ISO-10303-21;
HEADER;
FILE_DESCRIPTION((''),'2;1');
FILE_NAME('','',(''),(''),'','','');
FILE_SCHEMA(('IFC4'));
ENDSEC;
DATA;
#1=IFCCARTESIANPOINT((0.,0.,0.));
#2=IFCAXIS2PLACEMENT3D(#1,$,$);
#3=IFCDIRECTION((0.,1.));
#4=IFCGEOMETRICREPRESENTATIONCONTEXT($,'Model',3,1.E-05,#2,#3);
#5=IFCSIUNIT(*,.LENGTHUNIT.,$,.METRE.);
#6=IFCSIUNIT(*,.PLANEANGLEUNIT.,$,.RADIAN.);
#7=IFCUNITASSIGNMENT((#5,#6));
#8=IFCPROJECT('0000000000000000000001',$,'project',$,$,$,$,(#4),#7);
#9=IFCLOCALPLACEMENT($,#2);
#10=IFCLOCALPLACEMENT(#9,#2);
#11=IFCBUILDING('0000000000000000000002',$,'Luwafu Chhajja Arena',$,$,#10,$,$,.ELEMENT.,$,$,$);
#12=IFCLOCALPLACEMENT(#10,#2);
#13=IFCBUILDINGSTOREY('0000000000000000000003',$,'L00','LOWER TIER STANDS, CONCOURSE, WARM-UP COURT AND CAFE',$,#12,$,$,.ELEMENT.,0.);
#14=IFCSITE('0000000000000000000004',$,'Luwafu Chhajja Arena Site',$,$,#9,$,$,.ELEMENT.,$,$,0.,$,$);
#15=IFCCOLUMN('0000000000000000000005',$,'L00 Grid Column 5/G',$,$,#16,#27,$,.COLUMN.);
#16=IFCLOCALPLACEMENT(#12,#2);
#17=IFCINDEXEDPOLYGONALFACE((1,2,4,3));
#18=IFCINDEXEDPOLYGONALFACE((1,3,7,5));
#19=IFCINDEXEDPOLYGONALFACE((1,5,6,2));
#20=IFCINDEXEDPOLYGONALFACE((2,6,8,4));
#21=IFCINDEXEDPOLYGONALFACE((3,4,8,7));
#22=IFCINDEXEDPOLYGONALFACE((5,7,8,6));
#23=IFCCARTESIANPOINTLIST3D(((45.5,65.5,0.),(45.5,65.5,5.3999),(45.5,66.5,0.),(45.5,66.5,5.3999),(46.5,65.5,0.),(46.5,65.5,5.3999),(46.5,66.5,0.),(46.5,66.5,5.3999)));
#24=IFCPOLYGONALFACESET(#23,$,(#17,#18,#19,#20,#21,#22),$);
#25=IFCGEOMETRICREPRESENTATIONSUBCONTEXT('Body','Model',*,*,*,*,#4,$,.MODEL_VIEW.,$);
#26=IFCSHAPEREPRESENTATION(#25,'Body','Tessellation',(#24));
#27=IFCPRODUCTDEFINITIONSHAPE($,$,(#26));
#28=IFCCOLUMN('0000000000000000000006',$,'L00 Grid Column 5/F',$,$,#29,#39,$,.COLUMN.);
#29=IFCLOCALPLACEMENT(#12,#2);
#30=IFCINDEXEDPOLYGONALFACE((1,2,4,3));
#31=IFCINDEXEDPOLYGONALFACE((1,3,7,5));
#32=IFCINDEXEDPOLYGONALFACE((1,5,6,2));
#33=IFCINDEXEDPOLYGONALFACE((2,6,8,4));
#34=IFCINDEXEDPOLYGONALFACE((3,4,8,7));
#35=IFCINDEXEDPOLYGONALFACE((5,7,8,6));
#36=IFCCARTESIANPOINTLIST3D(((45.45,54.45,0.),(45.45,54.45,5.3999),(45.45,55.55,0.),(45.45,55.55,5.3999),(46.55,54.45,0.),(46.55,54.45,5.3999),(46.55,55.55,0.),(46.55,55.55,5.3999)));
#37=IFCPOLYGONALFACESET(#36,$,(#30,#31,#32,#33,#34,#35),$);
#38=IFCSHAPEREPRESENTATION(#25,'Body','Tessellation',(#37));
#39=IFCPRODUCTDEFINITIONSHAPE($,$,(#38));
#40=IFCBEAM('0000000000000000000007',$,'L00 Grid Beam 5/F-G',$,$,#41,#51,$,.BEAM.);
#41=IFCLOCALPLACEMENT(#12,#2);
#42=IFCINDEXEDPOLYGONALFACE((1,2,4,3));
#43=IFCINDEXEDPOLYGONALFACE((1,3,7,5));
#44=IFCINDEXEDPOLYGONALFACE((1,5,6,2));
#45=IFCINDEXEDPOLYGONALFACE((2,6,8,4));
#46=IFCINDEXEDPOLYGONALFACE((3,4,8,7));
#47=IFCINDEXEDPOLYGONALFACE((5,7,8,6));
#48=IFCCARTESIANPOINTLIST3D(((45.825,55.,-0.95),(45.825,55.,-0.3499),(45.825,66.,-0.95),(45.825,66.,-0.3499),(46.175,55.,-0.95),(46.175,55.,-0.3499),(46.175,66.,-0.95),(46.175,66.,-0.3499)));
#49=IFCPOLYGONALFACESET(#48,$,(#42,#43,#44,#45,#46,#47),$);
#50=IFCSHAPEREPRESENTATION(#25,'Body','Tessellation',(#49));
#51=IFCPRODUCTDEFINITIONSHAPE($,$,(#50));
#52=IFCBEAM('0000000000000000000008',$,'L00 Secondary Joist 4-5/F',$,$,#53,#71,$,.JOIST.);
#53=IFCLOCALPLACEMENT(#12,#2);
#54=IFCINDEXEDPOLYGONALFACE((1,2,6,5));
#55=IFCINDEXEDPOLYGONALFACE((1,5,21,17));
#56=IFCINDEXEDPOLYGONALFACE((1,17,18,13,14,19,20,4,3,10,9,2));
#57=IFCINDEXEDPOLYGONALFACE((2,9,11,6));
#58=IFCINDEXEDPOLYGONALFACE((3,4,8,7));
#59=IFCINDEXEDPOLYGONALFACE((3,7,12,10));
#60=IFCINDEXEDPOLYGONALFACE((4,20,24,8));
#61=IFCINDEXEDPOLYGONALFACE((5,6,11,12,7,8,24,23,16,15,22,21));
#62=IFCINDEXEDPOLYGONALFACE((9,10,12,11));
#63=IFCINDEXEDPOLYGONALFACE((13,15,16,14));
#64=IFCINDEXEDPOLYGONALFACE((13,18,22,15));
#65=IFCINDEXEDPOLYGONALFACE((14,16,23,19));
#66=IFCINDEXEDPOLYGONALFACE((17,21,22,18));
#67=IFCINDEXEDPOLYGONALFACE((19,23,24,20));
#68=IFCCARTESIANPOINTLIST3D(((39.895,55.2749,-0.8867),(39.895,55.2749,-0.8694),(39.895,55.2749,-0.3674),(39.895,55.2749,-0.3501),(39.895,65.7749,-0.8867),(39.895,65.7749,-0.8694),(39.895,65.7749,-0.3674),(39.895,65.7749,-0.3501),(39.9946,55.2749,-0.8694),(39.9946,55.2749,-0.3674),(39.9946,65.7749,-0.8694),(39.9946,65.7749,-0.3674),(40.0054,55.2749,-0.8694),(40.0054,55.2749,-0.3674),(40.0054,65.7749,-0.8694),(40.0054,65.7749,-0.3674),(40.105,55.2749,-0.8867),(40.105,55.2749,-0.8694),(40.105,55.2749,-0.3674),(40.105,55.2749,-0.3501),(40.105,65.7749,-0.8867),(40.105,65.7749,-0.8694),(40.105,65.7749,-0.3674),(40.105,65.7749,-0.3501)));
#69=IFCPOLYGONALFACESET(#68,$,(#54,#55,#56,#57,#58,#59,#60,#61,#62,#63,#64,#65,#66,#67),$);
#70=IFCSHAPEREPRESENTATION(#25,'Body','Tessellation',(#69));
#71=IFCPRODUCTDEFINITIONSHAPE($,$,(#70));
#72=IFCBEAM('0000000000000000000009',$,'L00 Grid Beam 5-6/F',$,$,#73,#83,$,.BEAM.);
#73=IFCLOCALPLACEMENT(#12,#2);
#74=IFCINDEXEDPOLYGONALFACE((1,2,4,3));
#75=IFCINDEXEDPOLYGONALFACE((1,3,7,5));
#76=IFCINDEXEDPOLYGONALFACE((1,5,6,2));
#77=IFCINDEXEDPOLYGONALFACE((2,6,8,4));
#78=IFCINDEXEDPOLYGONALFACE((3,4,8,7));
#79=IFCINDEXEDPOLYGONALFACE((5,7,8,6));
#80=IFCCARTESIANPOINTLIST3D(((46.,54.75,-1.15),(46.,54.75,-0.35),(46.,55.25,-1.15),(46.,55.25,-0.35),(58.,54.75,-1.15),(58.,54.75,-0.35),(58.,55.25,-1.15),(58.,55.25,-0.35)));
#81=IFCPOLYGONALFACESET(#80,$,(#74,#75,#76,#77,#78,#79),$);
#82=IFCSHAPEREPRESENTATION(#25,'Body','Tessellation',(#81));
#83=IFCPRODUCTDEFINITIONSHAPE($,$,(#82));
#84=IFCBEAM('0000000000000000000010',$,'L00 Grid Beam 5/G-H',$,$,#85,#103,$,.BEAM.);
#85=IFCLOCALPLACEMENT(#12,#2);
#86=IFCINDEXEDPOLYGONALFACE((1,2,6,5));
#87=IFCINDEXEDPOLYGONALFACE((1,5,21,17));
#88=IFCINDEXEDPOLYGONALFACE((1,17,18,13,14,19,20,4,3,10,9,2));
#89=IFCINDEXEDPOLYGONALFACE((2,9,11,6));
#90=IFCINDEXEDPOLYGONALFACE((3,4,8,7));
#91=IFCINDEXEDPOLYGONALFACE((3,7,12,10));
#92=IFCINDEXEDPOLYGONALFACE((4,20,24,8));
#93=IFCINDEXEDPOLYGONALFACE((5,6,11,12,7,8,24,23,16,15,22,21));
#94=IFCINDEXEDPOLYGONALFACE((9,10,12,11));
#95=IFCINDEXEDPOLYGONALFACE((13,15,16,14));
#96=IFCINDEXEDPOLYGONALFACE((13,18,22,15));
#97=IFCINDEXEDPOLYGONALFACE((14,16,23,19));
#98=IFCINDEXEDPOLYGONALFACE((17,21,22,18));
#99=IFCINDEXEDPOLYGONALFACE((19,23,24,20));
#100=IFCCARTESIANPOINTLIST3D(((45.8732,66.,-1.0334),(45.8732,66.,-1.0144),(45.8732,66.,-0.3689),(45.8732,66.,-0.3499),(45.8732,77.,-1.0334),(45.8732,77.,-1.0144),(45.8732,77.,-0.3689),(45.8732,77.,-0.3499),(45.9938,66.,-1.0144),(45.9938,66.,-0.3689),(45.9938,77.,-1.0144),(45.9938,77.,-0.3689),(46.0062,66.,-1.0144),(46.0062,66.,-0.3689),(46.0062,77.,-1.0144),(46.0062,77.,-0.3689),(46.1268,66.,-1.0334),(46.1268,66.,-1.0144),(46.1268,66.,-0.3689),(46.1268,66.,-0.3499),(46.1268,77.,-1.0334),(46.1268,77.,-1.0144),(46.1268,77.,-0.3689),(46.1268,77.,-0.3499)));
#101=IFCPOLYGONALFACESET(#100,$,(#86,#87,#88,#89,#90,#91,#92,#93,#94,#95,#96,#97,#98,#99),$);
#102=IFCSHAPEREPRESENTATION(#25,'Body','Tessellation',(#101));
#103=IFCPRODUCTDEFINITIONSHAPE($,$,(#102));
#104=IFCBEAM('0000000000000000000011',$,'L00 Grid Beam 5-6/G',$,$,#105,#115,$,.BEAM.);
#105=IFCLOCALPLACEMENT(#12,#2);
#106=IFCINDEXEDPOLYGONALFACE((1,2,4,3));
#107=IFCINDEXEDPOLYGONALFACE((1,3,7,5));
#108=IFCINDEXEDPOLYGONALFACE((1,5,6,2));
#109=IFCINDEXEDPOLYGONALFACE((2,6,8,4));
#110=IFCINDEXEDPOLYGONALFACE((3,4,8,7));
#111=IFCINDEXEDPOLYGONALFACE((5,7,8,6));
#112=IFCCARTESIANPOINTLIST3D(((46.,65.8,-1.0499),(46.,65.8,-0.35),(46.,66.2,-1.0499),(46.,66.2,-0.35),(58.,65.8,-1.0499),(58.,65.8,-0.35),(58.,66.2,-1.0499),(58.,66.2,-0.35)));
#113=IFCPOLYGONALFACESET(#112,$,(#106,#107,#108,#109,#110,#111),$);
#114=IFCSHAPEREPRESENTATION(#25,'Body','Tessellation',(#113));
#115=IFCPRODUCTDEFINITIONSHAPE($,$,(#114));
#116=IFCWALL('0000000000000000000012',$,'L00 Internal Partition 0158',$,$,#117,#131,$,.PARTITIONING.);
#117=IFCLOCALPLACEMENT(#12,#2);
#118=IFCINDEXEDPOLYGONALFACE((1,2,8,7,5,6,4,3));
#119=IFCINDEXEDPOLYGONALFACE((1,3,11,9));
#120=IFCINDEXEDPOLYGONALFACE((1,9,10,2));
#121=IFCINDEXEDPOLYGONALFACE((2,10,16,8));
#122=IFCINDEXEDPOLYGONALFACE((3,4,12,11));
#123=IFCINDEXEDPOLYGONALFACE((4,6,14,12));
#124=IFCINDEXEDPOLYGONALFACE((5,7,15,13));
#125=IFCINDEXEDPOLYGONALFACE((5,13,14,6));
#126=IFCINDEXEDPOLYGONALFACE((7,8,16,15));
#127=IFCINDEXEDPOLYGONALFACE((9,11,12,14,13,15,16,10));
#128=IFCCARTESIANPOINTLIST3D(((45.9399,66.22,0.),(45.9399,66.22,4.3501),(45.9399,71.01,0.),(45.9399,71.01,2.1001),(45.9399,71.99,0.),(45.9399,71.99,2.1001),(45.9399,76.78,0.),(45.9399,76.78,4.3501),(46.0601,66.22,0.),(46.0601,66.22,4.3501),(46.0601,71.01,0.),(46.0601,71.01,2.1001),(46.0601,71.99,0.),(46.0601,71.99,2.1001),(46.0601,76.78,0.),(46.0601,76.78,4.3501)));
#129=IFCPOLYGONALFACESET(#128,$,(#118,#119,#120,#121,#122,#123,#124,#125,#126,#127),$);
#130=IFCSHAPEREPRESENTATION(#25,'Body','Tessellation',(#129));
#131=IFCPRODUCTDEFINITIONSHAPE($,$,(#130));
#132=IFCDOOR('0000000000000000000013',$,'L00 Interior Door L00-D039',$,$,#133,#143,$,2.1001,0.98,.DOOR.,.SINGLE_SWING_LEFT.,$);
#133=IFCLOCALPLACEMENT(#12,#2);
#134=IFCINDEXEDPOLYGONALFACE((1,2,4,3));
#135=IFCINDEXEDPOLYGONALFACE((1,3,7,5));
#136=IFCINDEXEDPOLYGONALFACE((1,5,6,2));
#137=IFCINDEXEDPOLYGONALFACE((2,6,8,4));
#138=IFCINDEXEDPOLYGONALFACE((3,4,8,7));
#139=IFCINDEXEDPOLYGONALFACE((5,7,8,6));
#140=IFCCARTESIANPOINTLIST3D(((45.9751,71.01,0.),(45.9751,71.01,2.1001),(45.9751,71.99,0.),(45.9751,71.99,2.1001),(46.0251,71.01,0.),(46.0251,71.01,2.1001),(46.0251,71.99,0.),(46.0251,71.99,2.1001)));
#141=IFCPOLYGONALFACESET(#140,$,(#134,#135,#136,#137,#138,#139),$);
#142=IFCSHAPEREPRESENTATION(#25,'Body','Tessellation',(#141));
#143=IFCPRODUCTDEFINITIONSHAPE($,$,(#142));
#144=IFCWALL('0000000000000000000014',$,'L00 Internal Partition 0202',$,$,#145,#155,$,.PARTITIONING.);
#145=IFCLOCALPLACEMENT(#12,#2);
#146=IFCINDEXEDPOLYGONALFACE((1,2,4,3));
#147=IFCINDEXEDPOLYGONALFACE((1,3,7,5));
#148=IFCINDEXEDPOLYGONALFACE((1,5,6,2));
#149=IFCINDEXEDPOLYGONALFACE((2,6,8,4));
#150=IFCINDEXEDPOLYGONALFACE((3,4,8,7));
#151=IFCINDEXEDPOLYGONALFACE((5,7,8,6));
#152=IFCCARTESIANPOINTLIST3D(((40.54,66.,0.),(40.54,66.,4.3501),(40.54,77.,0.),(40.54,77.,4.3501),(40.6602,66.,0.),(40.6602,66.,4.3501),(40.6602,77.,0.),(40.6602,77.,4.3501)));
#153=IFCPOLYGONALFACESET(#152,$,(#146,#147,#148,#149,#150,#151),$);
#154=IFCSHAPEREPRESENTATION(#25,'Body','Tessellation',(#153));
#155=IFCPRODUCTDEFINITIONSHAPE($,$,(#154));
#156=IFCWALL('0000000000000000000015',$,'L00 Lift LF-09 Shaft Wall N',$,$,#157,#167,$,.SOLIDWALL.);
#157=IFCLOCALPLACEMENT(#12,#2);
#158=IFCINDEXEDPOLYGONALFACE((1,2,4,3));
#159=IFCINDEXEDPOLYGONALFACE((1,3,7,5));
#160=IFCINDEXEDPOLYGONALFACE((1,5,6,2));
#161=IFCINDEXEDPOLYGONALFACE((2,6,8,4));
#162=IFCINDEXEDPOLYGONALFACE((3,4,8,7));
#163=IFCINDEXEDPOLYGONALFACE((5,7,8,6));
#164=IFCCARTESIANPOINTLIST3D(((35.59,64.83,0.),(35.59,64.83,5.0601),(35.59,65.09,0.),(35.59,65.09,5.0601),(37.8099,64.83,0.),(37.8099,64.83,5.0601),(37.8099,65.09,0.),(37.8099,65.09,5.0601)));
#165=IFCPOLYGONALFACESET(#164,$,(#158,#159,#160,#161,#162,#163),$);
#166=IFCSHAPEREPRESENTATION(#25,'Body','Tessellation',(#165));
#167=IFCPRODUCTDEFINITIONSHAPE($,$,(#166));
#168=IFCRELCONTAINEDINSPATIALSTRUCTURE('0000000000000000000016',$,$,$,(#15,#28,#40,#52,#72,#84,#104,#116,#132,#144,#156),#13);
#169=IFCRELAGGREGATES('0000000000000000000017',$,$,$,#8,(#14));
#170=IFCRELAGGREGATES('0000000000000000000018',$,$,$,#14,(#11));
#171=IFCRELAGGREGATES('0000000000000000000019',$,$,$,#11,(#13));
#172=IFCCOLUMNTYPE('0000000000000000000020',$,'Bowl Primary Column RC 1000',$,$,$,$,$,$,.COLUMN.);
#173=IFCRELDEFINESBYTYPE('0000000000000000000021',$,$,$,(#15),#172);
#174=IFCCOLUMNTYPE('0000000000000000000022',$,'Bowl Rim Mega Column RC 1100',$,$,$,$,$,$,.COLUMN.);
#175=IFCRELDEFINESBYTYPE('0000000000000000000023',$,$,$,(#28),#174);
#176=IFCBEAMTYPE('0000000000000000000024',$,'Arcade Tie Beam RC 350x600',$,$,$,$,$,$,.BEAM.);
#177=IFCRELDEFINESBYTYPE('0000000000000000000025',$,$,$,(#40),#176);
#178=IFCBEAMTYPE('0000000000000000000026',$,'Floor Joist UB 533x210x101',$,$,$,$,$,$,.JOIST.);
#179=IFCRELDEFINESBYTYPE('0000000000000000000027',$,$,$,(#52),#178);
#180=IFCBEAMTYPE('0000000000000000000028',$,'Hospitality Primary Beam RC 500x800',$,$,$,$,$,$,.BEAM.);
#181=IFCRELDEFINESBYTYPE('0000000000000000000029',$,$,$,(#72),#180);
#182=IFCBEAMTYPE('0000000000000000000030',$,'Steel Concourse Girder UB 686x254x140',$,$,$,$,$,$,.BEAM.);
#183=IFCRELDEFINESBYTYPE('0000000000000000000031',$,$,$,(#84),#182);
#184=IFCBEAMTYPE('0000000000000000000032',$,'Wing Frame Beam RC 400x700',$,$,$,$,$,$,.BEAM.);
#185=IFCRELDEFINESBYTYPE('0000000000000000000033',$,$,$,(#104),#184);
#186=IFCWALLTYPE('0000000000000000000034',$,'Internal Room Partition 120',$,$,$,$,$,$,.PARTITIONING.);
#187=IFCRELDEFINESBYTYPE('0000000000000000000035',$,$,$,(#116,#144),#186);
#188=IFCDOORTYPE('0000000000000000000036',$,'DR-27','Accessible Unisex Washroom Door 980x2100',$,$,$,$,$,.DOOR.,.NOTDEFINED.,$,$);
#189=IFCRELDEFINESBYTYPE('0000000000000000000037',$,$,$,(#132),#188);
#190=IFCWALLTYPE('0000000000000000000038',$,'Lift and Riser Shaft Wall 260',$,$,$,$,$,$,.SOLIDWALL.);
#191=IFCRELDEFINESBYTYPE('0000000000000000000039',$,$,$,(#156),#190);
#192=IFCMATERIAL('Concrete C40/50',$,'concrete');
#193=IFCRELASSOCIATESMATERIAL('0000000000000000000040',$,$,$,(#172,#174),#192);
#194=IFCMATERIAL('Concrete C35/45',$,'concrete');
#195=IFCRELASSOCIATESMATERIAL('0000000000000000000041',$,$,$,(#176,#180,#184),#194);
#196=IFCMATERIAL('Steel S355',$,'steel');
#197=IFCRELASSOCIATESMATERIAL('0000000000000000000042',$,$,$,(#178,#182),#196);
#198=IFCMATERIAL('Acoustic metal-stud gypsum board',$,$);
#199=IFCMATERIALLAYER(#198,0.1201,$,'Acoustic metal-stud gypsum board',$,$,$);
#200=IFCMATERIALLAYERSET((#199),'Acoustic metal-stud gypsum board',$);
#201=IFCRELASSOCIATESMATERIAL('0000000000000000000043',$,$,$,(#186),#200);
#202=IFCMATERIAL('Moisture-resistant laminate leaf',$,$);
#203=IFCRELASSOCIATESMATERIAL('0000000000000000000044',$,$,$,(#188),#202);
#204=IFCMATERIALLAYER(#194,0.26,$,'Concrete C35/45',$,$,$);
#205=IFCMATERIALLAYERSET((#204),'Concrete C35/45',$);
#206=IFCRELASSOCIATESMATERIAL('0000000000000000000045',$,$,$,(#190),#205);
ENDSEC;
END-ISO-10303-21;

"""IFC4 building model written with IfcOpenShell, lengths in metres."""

from ifc_helpers import new_model, si_unit, direction, frame, frame_2d, origin, origin_2d, place, context, subcontext, project, spatial, rectangle, i_section, extrude, material, layer, layer_set, material_profile, profile_set, type_object, element, fill, save


model = new_model("IFC4")

# Units and contexts
model_context = context("Model", 3, precision=1e-05, world=origin(), true_north=direction((0.0, 1.0)))
body_context = subcontext(model_context, "Body", "Model", "MODEL_VIEW")
ifc_project = project(units=[si_unit("LENGTHUNIT", "METRE"), si_unit("PLANEANGLEUNIT", "RADIAN")], contexts=[model_context])

# Site, building, storey
site_placement = place(None, origin())
site = spatial("IfcSite", under=ifc_project, at=site_placement, Name="Luwafu Chhajja Arena Site", CompositionType="ELEMENT", RefElevation=0.0)
building_placement = place(site_placement, origin())
building = spatial("IfcBuilding", under=site, at=building_placement, Name="Luwafu Chhajja Arena", CompositionType="ELEMENT")
storey_placement = place(building_placement, origin())
storey = spatial("IfcBuildingStorey", under=building, at=storey_placement, Name="L00", Description="LOWER TIER STANDS, CONCOURSE, WARM-UP COURT AND CAFE", CompositionType="ELEMENT", Elevation=0.0)

# Columns
ifc_material_1 = material(Name="Concrete C40/50", Category="concrete")
ifc_material_profile_1 = material_profile(ifc_material_1, rectangle(XDim=1.0, YDim=1.0, at=origin_2d()), Name="RC 1000x1000")
ifc_profile_set_1 = profile_set([ifc_material_profile_1], Name="Concrete C40/50")
column_type_1 = type_object("IfcColumnType", Name="Bowl Primary Column RC 1000", PredefinedType="COLUMN", material=ifc_profile_set_1)
column_1_placement = place(storey_placement, frame((46.0, 66.0, 0.0), z_axis=(0.0, 0.0, 1.0), x_axis=(1.0, 0.0, 0.0)))
element("IfcColumn", 1, at=column_1_placement, inside=storey, type_object=column_type_1, Name="L00 Grid Column 5/G", PredefinedType="COLUMN", context=body_context, shape_type="SweptSolid", body=[
    extrude(rectangle(XDim=1.0, YDim=1.0, at=origin_2d()), origin(), (0.0, 0.0, 1.0), 5.3999),
])
ifc_material_profile_2 = material_profile(ifc_material_1, rectangle(XDim=1.1001, YDim=1.1001, at=origin_2d()), Name="RC 1100x1100")
ifc_profile_set_2 = profile_set([ifc_material_profile_2], Name="Concrete C40/50")
column_type_2 = type_object("IfcColumnType", Name="Bowl Rim Mega Column RC 1100", PredefinedType="COLUMN", material=ifc_profile_set_2)
column_2_placement = place(storey_placement, frame((46.0, 55.0, 0.0), z_axis=(0.0, 0.0, 1.0), x_axis=(1.0, 0.0, 0.0)))
element("IfcColumn", 2, at=column_2_placement, inside=storey, type_object=column_type_2, Name="L00 Grid Column 5/F", PredefinedType="COLUMN", context=body_context, shape_type="SweptSolid", body=[
    extrude(rectangle(XDim=1.1001, YDim=1.1001, at=origin_2d()), origin(), (0.0, 0.0, 1.0), 5.3999),
])

# Beams
ifc_material_2 = material(Name="Concrete C35/45", Category="concrete")
ifc_material_profile_3 = material_profile(ifc_material_2, rectangle(XDim=0.3501, YDim=0.6001, at=origin_2d()), Name="RC 350x600")
ifc_profile_set_3 = profile_set([ifc_material_profile_3], Name="Concrete C35/45")
beam_type_1 = type_object("IfcBeamType", Name="Arcade Tie Beam RC 350x600", PredefinedType="BEAM", material=ifc_profile_set_3)
beam_1_placement = place(storey_placement, frame((46.0, 55.0, -0.6499), z_axis=(0.0, 1.0, 0.0), x_axis=(-1.0, 0.0, 0.0)))
element("IfcBeam", 3, at=beam_1_placement, inside=storey, type_object=beam_type_1, Name="L00 Grid Beam 5/F-G", PredefinedType="BEAM", context=body_context, shape_type="SweptSolid", body=[
    extrude(rectangle(XDim=0.3501, YDim=0.6001, at=origin_2d()), origin(), (0.0, 0.0, 1.0), 11.0),
])
ifc_material_3 = material(Name="Steel S355", Category="steel")
ifc_material_profile_4 = material_profile(ifc_material_3, i_section(OverallWidth=0.21, OverallDepth=0.5366, WebThickness=0.0107, FlangeThickness=0.0173, at=origin_2d()), Name="UB 533x210x101")
ifc_profile_set_4 = profile_set([ifc_material_profile_4], Name="Steel S355")
beam_type_2 = type_object("IfcBeamType", Name="Floor Joist UB 533x210x101", PredefinedType="JOIST", material=ifc_profile_set_4)
beam_2_placement = place(storey_placement, frame((40.0, 55.2749, -0.6184), z_axis=(0.0, 1.0, 0.0), x_axis=(-1.0, 0.0, 0.0)))
element("IfcBeam", 4, at=beam_2_placement, inside=storey, type_object=beam_type_2, Name="L00 Secondary Joist 4-5/F", PredefinedType="JOIST", context=body_context, shape_type="SweptSolid", body=[
    extrude(i_section(OverallWidth=0.21, OverallDepth=0.5366, WebThickness=0.0107, FlangeThickness=0.0173, at=origin_2d()), origin(), (0.0, 0.0, 1.0), 10.5),
])
ifc_material_profile_5 = material_profile(ifc_material_2, rectangle(XDim=0.5, YDim=0.8, at=origin_2d()), Name="RC 500x800")
ifc_profile_set_5 = profile_set([ifc_material_profile_5], Name="Concrete C35/45")
beam_type_3 = type_object("IfcBeamType", Name="Hospitality Primary Beam RC 500x800", PredefinedType="BEAM", material=ifc_profile_set_5)
beam_3_placement = place(storey_placement, frame((46.0, 55.0, -0.75), z_axis=(1.0, 0.0, 0.0), x_axis=(0.0, 1.0, 0.0)))
element("IfcBeam", 5, at=beam_3_placement, inside=storey, type_object=beam_type_3, Name="L00 Grid Beam 5-6/F", PredefinedType="BEAM", context=body_context, shape_type="SweptSolid", body=[
    extrude(rectangle(XDim=0.5, YDim=0.8, at=origin_2d()), origin(), (0.0, 0.0, 1.0), 12.0),
])
ifc_material_profile_6 = material_profile(ifc_material_3, i_section(OverallWidth=0.2537, OverallDepth=0.6836, WebThickness=0.0125, FlangeThickness=0.019, at=origin_2d()), Name="UB 686x254x140")
ifc_profile_set_6 = profile_set([ifc_material_profile_6], Name="Steel S355")
beam_type_4 = type_object("IfcBeamType", Name="Steel Concourse Girder UB 686x254x140", PredefinedType="BEAM", material=ifc_profile_set_6)
beam_4_placement = place(storey_placement, frame((46.0, 66.0, -0.6917), z_axis=(0.0, 1.0, 0.0), x_axis=(-1.0, 0.0, 0.0)))
element("IfcBeam", 6, at=beam_4_placement, inside=storey, type_object=beam_type_4, Name="L00 Grid Beam 5/G-H", PredefinedType="BEAM", context=body_context, shape_type="SweptSolid", body=[
    extrude(i_section(OverallWidth=0.2537, OverallDepth=0.6836, WebThickness=0.0125, FlangeThickness=0.019, at=origin_2d()), origin(), (0.0, 0.0, 1.0), 11.0),
])
ifc_material_profile_7 = material_profile(ifc_material_2, rectangle(XDim=0.3999, YDim=0.7, at=origin_2d()), Name="RC 400x700")
ifc_profile_set_7 = profile_set([ifc_material_profile_7], Name="Concrete C35/45")
beam_type_5 = type_object("IfcBeamType", Name="Wing Frame Beam RC 400x700", PredefinedType="BEAM", material=ifc_profile_set_7)
beam_5_placement = place(storey_placement, frame((46.0, 66.0, -0.7), z_axis=(1.0, 0.0, 0.0), x_axis=(0.0, 1.0, 0.0)))
element("IfcBeam", 7, at=beam_5_placement, inside=storey, type_object=beam_type_5, Name="L00 Grid Beam 5-6/G", PredefinedType="BEAM", context=body_context, shape_type="SweptSolid", body=[
    extrude(rectangle(XDim=0.3999, YDim=0.7, at=origin_2d()), origin(), (0.0, 0.0, 1.0), 12.0),
])

# Wall, opening, door
ifc_material_4 = material(Name="Acoustic metal-stud gypsum board")
ifc_layer_1 = layer(ifc_material_4, 0.1201, Name="Acoustic metal-stud gypsum board")
ifc_layer_set_1 = layer_set([ifc_layer_1], Name="Acoustic metal-stud gypsum board")
wall_type_1 = type_object("IfcWallType", Name="Internal Room Partition 120", PredefinedType="PARTITIONING", material=ifc_layer_set_1)
wall_1_placement = place(storey_placement, frame((46.0, 66.22, 0.0), z_axis=(0.0, 0.0, 1.0), x_axis=(0.0, 1.0, 0.0)))
wall_1 = element("IfcWall", 8, at=wall_1_placement, inside=storey, type_object=wall_type_1, Name="L00 Internal Partition 0158", PredefinedType="PARTITIONING", context=body_context, shape_type="SweptSolid", body=[
    extrude(rectangle(XDim=10.5601, YDim=0.1201, at=frame_2d((5.28, 0.0))), origin(), (0.0, 0.0, 1.0), 4.3501),
])
opening_1_placement = place(wall_1_placement, frame((4.79, 0.0, 0.0)))
opening_1 = element("IfcOpeningElement", 9, at=opening_1_placement, cuts=wall_1, PredefinedType="OPENING", context=body_context, shape_type="SweptSolid", body=[
    extrude(rectangle(XDim=0.98, YDim=2.1001, at=frame_2d((0.49, 1.05))), frame((0.0, 0.0701, 0.0), z_axis=(0.0, -1.0, 0.0), x_axis=(1.0, 0.0, 0.0)), (0.0, 0.0, 1.0), 0.1401),
])
ifc_material_5 = material(Name="Moisture-resistant laminate leaf")
door_type_1 = type_object("IfcDoorType", Name="DR-27", Description="Accessible Unisex Washroom Door 980x2100", OperationType="NOTDEFINED", PredefinedType="DOOR", material=ifc_material_5)
door_1_placement = place(opening_1_placement, origin())
door_1 = element("IfcDoor", 10, at=door_1_placement, inside=storey, type_object=door_type_1, Name="L00 Interior Door L00-D039", OperationType="SINGLE_SWING_LEFT", OverallHeight=2.1001, OverallWidth=0.98, PredefinedType="DOOR", context=body_context, shape_type="SweptSolid", body=[
    extrude(rectangle(XDim=0.98, YDim=2.1001, at=frame_2d((0.49, 1.05))), frame((0.0, 0.0249, 0.0), z_axis=(0.0, -1.0, 0.0), x_axis=(1.0, 0.0, 0.0)), (0.0, 0.0, 1.0), 0.05),
])
fill(opening_1, door_1)

# Wall
wall_2_placement = place(storey_placement, frame((40.6001, 66.0, 0.0), z_axis=(0.0, 0.0, 1.0), x_axis=(0.0, 1.0, 0.0)))
element("IfcWall", 11, at=wall_2_placement, inside=storey, type_object=wall_type_1, Name="L00 Internal Partition 0202", PredefinedType="PARTITIONING", context=body_context, shape_type="SweptSolid", body=[
    extrude(rectangle(XDim=11.0, YDim=0.1201, at=frame_2d((5.5, 0.0))), origin(), (0.0, 0.0, 1.0), 4.3501),
])

# Shared definitions
ifc_layer_2 = layer(ifc_material_2, 0.26, Name="Concrete C35/45")
ifc_layer_set_2 = layer_set([ifc_layer_2], Name="Concrete C35/45")
wall_type_2 = type_object("IfcWallType", Name="Lift and Riser Shaft Wall 260", PredefinedType="SOLIDWALL", material=ifc_layer_set_2)

# Wall
wall_3_placement = place(storey_placement, frame((35.5901, 64.96, 0.0), z_axis=(0.0, 0.0, 1.0), x_axis=(1.0, 0.0, 0.0)))
element("IfcWall", 12, at=wall_3_placement, inside=storey, type_object=wall_type_2, Name="L00 Lift LF-09 Shaft Wall N", PredefinedType="SOLIDWALL", context=body_context, shape_type="SweptSolid", body=[
    extrude(rectangle(XDim=2.22, YDim=0.26, at=frame_2d((1.1099, 0.0))), origin(), (0.0, 0.0, 1.0), 5.0601),
])

save(model, "model.ifc")
